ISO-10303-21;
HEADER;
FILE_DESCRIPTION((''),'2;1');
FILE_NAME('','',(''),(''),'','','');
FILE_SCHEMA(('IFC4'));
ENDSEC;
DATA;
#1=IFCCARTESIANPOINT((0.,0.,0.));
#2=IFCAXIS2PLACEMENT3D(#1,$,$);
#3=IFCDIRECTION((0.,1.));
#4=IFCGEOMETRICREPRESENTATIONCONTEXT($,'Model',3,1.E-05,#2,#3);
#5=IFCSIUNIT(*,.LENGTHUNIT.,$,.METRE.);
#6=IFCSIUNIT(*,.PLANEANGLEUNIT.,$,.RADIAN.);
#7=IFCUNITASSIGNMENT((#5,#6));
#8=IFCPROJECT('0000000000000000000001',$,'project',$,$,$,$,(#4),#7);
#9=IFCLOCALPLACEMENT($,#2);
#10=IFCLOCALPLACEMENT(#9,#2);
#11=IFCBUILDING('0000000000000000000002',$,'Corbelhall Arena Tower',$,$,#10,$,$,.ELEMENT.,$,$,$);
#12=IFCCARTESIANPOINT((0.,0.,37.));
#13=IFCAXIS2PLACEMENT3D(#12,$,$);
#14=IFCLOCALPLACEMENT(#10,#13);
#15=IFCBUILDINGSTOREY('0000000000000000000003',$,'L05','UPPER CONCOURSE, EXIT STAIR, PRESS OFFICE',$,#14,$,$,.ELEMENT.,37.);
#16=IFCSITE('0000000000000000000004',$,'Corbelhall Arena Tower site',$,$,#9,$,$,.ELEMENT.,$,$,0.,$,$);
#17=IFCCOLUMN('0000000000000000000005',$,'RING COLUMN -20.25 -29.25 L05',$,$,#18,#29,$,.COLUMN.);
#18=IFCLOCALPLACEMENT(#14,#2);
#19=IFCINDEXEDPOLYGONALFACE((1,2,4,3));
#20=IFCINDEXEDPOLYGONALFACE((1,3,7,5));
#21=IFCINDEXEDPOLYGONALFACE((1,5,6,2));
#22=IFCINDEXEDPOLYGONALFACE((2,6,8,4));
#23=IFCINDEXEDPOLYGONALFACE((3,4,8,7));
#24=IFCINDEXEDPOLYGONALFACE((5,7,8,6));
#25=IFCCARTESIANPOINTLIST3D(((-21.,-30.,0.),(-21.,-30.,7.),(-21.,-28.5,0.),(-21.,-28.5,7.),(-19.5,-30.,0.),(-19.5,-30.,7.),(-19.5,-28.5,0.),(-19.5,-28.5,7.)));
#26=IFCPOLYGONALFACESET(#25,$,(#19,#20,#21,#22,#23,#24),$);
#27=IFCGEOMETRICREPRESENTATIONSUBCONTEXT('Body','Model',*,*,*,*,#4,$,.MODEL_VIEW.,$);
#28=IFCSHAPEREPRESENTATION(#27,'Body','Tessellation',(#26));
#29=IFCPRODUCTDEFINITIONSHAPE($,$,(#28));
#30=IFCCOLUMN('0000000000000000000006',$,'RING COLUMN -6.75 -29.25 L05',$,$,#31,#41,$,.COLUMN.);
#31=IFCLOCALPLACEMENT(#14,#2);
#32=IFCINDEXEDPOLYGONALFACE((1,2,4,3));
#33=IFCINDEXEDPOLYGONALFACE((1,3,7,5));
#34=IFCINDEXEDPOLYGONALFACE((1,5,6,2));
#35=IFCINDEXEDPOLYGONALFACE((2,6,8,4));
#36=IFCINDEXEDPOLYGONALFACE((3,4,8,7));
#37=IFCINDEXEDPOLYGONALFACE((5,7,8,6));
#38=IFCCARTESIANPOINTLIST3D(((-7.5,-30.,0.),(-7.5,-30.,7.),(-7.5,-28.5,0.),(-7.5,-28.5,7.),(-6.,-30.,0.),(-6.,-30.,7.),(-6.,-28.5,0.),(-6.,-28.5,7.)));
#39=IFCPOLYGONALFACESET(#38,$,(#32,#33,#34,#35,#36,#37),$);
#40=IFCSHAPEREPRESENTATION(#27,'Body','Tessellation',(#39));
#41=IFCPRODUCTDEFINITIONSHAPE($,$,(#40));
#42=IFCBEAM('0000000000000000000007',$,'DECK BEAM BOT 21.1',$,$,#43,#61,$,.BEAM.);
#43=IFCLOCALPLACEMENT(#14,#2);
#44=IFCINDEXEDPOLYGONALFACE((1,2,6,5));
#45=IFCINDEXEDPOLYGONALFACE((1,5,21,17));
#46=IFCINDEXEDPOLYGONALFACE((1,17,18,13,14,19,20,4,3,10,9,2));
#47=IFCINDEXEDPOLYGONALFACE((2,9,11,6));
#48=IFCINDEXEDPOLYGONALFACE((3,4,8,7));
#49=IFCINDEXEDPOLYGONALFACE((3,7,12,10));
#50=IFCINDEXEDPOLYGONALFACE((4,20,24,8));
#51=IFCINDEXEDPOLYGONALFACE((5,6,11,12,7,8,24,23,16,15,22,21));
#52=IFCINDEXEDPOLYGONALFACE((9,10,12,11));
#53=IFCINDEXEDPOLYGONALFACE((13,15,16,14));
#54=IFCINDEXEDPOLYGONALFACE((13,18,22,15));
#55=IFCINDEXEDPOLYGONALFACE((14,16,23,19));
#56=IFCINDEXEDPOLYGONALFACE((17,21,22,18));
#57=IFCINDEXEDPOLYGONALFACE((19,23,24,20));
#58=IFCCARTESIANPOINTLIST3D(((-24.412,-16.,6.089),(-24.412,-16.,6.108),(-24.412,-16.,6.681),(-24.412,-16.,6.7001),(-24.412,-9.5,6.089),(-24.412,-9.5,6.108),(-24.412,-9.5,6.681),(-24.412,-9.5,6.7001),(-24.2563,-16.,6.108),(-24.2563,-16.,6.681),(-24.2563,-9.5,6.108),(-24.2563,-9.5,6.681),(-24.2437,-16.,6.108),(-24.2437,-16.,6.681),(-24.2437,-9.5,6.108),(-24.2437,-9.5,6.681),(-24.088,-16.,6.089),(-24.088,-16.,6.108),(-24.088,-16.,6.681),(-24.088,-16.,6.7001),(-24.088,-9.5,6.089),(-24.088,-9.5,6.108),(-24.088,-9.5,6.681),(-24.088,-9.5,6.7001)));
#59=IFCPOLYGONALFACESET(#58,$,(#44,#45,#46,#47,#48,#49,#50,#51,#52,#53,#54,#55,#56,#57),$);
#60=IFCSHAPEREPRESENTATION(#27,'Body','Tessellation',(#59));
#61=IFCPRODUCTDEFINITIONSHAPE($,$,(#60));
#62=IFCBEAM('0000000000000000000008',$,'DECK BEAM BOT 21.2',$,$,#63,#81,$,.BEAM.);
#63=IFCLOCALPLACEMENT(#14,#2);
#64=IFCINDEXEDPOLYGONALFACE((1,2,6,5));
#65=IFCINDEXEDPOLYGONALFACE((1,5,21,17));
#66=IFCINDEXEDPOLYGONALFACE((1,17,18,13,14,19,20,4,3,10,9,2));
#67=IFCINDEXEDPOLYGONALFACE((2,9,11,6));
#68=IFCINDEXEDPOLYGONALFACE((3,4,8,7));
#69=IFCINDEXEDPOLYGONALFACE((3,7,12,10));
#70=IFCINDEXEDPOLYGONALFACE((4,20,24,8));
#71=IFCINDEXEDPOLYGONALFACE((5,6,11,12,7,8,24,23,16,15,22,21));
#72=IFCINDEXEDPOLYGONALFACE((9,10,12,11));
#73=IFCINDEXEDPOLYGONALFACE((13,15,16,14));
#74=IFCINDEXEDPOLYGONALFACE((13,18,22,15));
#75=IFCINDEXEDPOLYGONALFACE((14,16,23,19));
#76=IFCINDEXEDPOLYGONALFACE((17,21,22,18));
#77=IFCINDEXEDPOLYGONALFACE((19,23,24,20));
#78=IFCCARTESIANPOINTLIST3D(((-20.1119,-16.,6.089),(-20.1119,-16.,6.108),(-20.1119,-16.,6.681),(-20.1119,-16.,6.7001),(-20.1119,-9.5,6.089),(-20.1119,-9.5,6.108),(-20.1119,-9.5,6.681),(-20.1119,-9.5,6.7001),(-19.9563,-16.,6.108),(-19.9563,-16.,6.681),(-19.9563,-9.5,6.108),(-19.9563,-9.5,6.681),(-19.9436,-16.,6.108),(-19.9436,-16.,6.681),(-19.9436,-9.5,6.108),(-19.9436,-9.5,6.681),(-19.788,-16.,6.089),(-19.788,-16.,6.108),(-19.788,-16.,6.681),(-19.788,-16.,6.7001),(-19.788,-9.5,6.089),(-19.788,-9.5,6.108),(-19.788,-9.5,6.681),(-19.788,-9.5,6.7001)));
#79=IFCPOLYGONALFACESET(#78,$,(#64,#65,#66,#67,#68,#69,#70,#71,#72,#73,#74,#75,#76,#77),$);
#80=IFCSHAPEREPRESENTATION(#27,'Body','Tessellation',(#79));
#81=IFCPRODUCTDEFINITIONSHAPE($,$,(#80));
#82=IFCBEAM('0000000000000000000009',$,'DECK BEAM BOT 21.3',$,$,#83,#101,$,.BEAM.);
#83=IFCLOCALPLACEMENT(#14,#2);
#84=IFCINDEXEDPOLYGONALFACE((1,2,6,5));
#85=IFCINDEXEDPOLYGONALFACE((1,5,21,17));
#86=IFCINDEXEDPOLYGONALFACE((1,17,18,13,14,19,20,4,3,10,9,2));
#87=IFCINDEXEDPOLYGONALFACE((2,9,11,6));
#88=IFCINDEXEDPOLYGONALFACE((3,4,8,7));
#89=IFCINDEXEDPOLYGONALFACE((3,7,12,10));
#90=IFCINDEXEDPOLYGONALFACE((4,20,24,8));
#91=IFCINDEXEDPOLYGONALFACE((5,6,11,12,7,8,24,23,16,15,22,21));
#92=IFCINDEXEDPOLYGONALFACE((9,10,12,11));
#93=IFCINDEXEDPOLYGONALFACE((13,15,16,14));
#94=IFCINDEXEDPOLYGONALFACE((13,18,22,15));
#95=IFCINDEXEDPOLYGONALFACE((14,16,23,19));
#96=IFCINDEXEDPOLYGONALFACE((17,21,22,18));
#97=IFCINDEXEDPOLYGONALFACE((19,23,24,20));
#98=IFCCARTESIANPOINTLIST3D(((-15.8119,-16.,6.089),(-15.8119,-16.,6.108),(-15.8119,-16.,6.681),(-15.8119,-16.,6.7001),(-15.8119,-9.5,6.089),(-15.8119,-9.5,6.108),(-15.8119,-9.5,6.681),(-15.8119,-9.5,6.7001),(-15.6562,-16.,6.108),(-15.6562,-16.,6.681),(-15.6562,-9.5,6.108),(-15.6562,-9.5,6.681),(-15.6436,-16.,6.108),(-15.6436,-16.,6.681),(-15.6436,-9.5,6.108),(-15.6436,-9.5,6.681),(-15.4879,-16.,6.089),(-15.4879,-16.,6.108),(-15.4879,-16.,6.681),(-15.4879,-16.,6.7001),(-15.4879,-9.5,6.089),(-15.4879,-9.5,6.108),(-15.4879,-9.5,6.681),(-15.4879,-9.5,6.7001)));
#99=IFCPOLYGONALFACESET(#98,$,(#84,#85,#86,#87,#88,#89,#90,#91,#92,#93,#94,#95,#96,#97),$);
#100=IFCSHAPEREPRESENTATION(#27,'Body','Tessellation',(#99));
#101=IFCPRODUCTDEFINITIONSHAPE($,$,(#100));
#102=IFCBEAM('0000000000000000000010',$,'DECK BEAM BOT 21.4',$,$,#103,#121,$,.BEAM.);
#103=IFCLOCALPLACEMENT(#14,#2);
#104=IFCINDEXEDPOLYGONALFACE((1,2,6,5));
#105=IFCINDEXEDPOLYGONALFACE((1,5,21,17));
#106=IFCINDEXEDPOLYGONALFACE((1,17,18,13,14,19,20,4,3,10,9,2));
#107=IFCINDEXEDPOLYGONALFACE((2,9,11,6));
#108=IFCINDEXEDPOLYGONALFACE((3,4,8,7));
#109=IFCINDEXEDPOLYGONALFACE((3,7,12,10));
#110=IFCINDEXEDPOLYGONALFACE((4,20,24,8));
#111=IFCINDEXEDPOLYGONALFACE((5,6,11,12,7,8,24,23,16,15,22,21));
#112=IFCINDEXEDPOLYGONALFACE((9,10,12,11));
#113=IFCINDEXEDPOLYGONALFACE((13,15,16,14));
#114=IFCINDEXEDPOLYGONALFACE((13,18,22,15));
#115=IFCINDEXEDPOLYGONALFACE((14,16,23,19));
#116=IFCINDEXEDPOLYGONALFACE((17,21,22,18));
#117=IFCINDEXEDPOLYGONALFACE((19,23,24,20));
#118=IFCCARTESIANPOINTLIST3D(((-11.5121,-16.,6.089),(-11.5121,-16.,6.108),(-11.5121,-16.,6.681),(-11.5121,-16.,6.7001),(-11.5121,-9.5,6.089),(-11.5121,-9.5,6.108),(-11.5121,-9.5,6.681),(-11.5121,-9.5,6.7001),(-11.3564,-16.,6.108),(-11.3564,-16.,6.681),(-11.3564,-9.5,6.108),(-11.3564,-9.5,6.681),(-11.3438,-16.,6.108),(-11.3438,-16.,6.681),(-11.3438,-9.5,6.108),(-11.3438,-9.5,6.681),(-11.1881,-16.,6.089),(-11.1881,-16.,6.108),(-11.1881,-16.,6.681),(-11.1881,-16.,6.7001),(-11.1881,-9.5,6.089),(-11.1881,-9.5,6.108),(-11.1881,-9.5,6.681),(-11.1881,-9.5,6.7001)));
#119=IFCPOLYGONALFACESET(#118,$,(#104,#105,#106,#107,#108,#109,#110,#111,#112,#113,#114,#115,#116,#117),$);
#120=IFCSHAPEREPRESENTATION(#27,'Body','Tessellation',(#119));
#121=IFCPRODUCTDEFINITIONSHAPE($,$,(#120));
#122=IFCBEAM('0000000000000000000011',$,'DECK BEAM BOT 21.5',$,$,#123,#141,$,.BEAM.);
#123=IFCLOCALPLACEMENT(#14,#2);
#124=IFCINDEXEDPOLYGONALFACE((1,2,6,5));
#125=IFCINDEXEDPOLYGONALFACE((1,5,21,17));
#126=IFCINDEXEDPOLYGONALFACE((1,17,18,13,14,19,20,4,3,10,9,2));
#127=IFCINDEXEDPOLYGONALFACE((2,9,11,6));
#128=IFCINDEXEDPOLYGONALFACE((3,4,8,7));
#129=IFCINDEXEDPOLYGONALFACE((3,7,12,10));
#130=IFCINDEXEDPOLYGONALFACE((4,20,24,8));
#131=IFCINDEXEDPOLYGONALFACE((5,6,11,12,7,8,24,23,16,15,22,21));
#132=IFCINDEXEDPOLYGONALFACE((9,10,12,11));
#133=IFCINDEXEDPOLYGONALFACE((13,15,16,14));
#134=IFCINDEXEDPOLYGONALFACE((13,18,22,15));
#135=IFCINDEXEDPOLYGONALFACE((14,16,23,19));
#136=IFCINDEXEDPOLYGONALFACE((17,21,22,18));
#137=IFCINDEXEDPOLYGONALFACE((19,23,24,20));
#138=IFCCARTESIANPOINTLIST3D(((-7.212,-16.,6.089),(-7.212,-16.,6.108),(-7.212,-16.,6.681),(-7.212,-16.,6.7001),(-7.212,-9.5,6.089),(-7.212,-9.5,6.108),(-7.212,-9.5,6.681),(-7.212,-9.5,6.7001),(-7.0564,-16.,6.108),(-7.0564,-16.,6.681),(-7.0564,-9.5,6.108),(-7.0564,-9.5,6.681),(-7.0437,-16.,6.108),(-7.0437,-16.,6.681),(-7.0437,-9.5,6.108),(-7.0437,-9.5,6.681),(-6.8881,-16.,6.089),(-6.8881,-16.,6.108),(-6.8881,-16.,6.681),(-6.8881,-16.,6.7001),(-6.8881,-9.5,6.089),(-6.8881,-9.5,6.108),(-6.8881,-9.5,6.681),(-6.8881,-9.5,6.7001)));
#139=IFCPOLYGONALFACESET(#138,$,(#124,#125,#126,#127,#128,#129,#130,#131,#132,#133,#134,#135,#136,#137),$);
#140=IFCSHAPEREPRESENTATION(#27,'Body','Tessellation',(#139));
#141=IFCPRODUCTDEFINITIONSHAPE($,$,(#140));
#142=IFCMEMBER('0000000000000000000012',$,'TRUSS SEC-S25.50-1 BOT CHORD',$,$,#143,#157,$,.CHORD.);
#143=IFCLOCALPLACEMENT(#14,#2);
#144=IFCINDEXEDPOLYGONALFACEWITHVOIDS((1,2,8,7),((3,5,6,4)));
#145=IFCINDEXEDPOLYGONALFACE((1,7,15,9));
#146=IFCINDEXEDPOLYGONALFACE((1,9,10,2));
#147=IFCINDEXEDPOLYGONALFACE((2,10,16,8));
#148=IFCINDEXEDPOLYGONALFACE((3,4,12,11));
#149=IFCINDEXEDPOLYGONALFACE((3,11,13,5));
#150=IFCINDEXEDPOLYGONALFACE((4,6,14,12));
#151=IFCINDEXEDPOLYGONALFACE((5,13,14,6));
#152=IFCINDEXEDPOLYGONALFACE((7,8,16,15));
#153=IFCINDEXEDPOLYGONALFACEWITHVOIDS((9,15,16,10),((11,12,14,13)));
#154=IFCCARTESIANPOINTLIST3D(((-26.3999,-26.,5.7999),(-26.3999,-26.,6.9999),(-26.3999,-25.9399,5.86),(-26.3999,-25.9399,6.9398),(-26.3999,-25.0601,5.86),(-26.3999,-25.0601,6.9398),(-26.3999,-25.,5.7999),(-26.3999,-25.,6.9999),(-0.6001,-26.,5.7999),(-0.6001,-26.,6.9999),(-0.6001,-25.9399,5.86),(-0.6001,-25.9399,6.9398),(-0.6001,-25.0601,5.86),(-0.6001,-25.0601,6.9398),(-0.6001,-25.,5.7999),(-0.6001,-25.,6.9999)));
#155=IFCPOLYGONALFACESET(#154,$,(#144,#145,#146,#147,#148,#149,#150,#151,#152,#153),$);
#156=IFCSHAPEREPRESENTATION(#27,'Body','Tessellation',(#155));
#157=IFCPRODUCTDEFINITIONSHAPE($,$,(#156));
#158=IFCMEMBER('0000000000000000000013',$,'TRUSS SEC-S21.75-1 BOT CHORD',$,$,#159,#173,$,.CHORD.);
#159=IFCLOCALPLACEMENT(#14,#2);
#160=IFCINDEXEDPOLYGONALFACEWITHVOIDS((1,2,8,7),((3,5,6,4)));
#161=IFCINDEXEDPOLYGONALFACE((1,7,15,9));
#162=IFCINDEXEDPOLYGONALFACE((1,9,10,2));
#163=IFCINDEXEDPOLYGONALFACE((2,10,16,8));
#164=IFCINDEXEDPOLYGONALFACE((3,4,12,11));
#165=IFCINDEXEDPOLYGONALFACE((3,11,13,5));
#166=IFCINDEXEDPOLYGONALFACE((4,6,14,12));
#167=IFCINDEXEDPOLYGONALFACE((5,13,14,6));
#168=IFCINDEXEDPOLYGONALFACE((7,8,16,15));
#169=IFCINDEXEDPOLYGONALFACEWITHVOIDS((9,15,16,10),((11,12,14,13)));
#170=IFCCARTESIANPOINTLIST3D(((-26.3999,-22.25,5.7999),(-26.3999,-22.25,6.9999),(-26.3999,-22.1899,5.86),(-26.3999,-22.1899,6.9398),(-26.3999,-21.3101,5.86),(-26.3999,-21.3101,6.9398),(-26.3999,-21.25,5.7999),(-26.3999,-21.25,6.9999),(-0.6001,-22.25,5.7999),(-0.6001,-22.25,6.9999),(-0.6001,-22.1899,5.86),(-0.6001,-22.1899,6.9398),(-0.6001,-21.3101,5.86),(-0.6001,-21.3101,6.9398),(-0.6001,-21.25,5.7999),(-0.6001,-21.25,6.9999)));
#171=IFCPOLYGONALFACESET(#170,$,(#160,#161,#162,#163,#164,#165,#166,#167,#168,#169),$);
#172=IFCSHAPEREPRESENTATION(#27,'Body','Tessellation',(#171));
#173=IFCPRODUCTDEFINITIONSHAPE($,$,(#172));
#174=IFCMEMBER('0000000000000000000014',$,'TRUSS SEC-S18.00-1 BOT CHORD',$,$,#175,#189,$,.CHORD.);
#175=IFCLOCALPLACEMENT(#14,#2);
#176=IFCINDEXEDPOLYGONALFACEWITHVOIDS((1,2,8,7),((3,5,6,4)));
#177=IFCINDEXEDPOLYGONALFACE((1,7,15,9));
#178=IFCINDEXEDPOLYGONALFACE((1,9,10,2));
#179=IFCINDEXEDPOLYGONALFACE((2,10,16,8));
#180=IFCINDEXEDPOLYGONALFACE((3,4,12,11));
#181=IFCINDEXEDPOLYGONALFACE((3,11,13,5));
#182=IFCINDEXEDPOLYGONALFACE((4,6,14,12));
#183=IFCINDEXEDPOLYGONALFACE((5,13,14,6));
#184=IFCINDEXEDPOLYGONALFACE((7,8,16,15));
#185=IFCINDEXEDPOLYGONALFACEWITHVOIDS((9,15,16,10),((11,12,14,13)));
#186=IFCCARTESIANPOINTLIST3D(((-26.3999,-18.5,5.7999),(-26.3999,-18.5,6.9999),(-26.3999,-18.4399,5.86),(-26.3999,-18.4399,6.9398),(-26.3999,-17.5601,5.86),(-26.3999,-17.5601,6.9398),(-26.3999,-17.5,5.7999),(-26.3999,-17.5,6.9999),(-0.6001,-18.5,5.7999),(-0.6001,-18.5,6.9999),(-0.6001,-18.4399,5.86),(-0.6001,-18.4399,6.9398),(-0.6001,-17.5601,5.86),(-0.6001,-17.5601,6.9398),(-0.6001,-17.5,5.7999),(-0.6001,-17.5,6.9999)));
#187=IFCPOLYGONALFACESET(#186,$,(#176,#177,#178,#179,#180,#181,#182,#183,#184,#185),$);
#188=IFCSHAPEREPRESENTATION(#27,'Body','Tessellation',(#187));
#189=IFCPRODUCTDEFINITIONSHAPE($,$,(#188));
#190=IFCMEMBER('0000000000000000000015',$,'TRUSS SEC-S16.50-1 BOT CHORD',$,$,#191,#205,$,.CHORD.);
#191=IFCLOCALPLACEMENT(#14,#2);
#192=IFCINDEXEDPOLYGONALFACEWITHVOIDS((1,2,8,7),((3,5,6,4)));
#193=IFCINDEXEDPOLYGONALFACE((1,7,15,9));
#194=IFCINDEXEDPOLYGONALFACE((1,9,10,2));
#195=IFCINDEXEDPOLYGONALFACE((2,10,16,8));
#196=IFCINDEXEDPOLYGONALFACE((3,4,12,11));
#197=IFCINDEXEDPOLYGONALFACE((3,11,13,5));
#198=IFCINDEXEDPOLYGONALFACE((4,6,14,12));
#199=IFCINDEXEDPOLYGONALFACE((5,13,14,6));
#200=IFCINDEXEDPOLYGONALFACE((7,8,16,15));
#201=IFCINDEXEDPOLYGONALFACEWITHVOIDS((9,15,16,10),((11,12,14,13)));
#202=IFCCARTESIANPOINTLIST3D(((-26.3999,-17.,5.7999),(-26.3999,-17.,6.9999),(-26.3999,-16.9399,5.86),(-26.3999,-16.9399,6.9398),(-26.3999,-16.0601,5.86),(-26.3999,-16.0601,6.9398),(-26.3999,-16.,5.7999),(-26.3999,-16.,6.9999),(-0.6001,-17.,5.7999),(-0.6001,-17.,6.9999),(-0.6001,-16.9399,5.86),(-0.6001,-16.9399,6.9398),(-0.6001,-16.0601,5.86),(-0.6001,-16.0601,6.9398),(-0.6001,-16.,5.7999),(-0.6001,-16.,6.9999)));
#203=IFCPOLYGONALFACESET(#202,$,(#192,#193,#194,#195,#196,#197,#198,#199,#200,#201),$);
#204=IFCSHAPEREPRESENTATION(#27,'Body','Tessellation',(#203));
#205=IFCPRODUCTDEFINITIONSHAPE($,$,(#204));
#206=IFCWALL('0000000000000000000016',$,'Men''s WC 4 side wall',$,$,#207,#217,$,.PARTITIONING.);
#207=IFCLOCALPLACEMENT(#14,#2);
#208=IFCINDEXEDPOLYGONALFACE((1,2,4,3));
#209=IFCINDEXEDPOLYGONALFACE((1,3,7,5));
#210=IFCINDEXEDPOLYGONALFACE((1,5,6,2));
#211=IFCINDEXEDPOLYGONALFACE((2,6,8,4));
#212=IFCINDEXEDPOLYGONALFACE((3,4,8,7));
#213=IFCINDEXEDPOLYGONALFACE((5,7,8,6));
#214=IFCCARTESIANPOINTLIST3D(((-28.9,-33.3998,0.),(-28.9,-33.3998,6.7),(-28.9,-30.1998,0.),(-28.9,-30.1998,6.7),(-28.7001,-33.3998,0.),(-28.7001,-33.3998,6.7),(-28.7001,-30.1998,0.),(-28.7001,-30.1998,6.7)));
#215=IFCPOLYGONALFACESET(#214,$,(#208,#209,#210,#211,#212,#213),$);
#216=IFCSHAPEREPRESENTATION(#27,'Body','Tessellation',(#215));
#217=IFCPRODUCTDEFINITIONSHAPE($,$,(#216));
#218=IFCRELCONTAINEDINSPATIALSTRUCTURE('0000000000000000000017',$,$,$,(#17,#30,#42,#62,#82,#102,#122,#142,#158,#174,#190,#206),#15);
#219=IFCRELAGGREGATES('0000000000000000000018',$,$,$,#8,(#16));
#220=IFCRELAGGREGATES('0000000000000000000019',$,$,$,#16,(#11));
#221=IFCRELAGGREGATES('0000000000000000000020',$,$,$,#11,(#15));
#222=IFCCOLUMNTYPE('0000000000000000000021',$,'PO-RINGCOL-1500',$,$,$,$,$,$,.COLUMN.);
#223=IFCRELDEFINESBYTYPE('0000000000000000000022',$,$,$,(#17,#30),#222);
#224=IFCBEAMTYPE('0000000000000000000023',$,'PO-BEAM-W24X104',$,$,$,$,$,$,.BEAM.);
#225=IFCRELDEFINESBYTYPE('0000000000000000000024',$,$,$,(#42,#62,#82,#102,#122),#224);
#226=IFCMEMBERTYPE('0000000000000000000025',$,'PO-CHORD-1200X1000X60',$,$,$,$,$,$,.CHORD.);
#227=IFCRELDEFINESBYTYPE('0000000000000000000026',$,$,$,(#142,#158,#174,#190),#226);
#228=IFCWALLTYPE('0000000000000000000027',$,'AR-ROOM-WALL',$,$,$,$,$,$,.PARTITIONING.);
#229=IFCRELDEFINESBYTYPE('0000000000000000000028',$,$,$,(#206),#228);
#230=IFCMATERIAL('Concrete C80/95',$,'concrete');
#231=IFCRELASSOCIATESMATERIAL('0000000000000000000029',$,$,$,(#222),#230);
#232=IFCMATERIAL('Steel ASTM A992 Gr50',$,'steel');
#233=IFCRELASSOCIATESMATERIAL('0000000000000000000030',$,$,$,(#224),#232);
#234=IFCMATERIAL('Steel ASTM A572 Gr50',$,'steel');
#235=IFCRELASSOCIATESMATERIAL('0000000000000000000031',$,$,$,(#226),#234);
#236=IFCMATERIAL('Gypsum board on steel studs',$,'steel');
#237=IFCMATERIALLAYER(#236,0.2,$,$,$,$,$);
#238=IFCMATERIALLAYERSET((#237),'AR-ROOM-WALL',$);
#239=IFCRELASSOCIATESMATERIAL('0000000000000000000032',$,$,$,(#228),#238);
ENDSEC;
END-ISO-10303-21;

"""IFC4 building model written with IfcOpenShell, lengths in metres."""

from ifc_helpers import new_model, si_unit, direction, frame, frame_2d, origin, origin_2d, place, context, subcontext, project, spatial, rectangle, hollow_rectangle, i_section, extrude, material, layer, layer_set, material_profile, profile_set, type_object, element, save


model = new_model("IFC4")

# Units and contexts
model_context = context("Model", 3, precision=1e-05, world=origin(), true_north=direction((0.0, 1.0)))
body_context = subcontext(model_context, "Body", "Model", "MODEL_VIEW")
ifc_project = project(units=[si_unit("LENGTHUNIT", "METRE"), si_unit("PLANEANGLEUNIT", "RADIAN")], contexts=[model_context])

# Site, building, storey
site_placement = place(None, origin())
site = spatial("IfcSite", under=ifc_project, at=site_placement, Name="Corbelhall Arena Tower site", CompositionType="ELEMENT", RefElevation=0.0)
building_placement = place(site_placement, origin())
building = spatial("IfcBuilding", under=site, at=building_placement, Name="Corbelhall Arena Tower", CompositionType="ELEMENT")
storey_placement = place(building_placement, frame((0.0, 0.0, 37.0)))
storey = spatial("IfcBuildingStorey", under=building, at=storey_placement, Name="L05", Description="UPPER CONCOURSE, EXIT STAIR, PRESS OFFICE", CompositionType="ELEMENT", Elevation=37.0)

# Columns
ifc_material_1 = material(Name="Concrete C80/95", Category="concrete")
ifc_material_profile_1 = material_profile(ifc_material_1, rectangle(XDim=1.5, YDim=1.5, at=origin_2d()))
ifc_profile_set_1 = profile_set([ifc_material_profile_1], Name="Concrete C80/95")
column_type = type_object("IfcColumnType", Name="PO-RINGCOL-1500", PredefinedType="COLUMN", material=ifc_profile_set_1)
for number, where, z_axis, x_axis, name in (
    (1, (-20.25, -29.25, 0.0), (0.0, 0.0, 1.0), (1.0, 0.0, 0.0), "RING COLUMN -20.25 -29.25 L05"),
    (2, (-6.75, -29.25, 0.0), (0.0, 0.0, 1.0), (1.0, 0.0, 0.0), "RING COLUMN -6.75 -29.25 L05"),
):
    element("IfcColumn", number, at=place(storey_placement, frame(where, z_axis=z_axis, x_axis=x_axis)), inside=storey, type_object=column_type, Name=name, PredefinedType="COLUMN", context=body_context, shape_type="SweptSolid", body=[
        extrude(rectangle(XDim=1.5, YDim=1.5, at=origin_2d()), origin(), (0.0, 0.0, 1.0), 7.0),
    ])

# Beams
ifc_material_2 = material(Name="Steel ASTM A992 Gr50", Category="steel")
ifc_material_profile_2 = material_profile(ifc_material_2, i_section(OverallWidth=0.324, OverallDepth=0.6111, WebThickness=0.0127, FlangeThickness=0.019, at=origin_2d()))
ifc_profile_set_2 = profile_set([ifc_material_profile_2], Name="Steel ASTM A992 Gr50")
beam_type = type_object("IfcBeamType", Name="PO-BEAM-W24X104", PredefinedType="BEAM", material=ifc_profile_set_2)
for number, where, z_axis, x_axis, name in (
    (3, (-24.25, -16.0, 6.3945), (0.0, 1.0, 0.0), (-1.0, 0.0, 0.0), "DECK BEAM BOT 21.1"),
    (4, (-19.95, -16.0, 6.3945), (0.0, 1.0, 0.0), (-1.0, 0.0, 0.0), "DECK BEAM BOT 21.2"),
    (5, (-15.6499, -16.0, 6.3945), (0.0, 1.0, 0.0), (-1.0, 0.0, 0.0), "DECK BEAM BOT 21.3"),
    (6, (-11.3501, -16.0, 6.3945), (0.0, 1.0, 0.0), (-1.0, 0.0, 0.0), "DECK BEAM BOT 21.4"),
    (7, (-7.05, -16.0, 6.3945), (0.0, 1.0, 0.0), (-1.0, 0.0, 0.0), "DECK BEAM BOT 21.5"),
):
    element("IfcBeam", number, at=place(storey_placement, frame(where, z_axis=z_axis, x_axis=x_axis)), inside=storey, type_object=beam_type, Name=name, PredefinedType="BEAM", context=body_context, shape_type="SweptSolid", body=[
        extrude(i_section(OverallWidth=0.324, OverallDepth=0.6111, WebThickness=0.0127, FlangeThickness=0.019, at=origin_2d()), origin(), (0.0, 0.0, 1.0), 6.5),
    ])

# Members
ifc_material_3 = material(Name="Steel ASTM A572 Gr50", Category="steel")
ifc_material_profile_3 = material_profile(ifc_material_3, hollow_rectangle(XDim=1.0, YDim=1.2, WallThickness=0.0601, at=origin_2d()))
ifc_profile_set_3 = profile_set([ifc_material_profile_3], Name="Steel ASTM A572 Gr50")
member_type = type_object("IfcMemberType", Name="PO-CHORD-1200X1000X60", PredefinedType="CHORD", material=ifc_profile_set_3)
for number, where, z_axis, x_axis, name in (
    (8, (-26.3999, -25.5, 6.3999), (1.0, 0.0, 0.0), (0.0, 1.0, 0.0), "TRUSS SEC-S25.50-1 BOT CHORD"),
    (9, (-26.3999, -21.75, 6.3999), (1.0, 0.0, 0.0), (0.0, 1.0, 0.0), "TRUSS SEC-S21.75-1 BOT CHORD"),
    (10, (-26.3999, -18.0, 6.3999), (1.0, 0.0, 0.0), (0.0, 1.0, 0.0), "TRUSS SEC-S18.00-1 BOT CHORD"),
    (11, (-26.3999, -16.5, 6.3999), (1.0, 0.0, 0.0), (0.0, 1.0, 0.0), "TRUSS SEC-S16.50-1 BOT CHORD"),
):
    element("IfcMember", number, at=place(storey_placement, frame(where, z_axis=z_axis, x_axis=x_axis)), inside=storey, type_object=member_type, Name=name, PredefinedType="CHORD", context=body_context, shape_type="SweptSolid", body=[
        extrude(hollow_rectangle(XDim=1.0, YDim=1.2, WallThickness=0.0601, at=origin_2d()), origin(), (0.0, 0.0, 1.0), 25.7998),
    ])

# Wall
ifc_material_4 = material(Name="Gypsum board on steel studs", Category="steel")
ifc_layer_1 = layer(ifc_material_4, 0.2)
ifc_layer_set_1 = layer_set([ifc_layer_1], Name="AR-ROOM-WALL")
wall_type_1 = type_object("IfcWallType", Name="AR-ROOM-WALL", PredefinedType="PARTITIONING", material=ifc_layer_set_1)
wall_1_placement = place(storey_placement, frame((-28.8, -33.3999, 0.0), z_axis=(0.0, 0.0, 1.0), x_axis=(0.0, 1.0, 0.0)))
element("IfcWall", 12, at=wall_1_placement, inside=storey, type_object=wall_type_1, Name="Men's WC 4 side wall", PredefinedType="PARTITIONING", context=body_context, shape_type="SweptSolid", body=[
    extrude(rectangle(XDim=3.2, YDim=0.2, at=frame_2d((1.6001, 0.0))), origin(), (0.0, 0.0, 1.0), 6.7),
])

save(model, "model.ifc")
